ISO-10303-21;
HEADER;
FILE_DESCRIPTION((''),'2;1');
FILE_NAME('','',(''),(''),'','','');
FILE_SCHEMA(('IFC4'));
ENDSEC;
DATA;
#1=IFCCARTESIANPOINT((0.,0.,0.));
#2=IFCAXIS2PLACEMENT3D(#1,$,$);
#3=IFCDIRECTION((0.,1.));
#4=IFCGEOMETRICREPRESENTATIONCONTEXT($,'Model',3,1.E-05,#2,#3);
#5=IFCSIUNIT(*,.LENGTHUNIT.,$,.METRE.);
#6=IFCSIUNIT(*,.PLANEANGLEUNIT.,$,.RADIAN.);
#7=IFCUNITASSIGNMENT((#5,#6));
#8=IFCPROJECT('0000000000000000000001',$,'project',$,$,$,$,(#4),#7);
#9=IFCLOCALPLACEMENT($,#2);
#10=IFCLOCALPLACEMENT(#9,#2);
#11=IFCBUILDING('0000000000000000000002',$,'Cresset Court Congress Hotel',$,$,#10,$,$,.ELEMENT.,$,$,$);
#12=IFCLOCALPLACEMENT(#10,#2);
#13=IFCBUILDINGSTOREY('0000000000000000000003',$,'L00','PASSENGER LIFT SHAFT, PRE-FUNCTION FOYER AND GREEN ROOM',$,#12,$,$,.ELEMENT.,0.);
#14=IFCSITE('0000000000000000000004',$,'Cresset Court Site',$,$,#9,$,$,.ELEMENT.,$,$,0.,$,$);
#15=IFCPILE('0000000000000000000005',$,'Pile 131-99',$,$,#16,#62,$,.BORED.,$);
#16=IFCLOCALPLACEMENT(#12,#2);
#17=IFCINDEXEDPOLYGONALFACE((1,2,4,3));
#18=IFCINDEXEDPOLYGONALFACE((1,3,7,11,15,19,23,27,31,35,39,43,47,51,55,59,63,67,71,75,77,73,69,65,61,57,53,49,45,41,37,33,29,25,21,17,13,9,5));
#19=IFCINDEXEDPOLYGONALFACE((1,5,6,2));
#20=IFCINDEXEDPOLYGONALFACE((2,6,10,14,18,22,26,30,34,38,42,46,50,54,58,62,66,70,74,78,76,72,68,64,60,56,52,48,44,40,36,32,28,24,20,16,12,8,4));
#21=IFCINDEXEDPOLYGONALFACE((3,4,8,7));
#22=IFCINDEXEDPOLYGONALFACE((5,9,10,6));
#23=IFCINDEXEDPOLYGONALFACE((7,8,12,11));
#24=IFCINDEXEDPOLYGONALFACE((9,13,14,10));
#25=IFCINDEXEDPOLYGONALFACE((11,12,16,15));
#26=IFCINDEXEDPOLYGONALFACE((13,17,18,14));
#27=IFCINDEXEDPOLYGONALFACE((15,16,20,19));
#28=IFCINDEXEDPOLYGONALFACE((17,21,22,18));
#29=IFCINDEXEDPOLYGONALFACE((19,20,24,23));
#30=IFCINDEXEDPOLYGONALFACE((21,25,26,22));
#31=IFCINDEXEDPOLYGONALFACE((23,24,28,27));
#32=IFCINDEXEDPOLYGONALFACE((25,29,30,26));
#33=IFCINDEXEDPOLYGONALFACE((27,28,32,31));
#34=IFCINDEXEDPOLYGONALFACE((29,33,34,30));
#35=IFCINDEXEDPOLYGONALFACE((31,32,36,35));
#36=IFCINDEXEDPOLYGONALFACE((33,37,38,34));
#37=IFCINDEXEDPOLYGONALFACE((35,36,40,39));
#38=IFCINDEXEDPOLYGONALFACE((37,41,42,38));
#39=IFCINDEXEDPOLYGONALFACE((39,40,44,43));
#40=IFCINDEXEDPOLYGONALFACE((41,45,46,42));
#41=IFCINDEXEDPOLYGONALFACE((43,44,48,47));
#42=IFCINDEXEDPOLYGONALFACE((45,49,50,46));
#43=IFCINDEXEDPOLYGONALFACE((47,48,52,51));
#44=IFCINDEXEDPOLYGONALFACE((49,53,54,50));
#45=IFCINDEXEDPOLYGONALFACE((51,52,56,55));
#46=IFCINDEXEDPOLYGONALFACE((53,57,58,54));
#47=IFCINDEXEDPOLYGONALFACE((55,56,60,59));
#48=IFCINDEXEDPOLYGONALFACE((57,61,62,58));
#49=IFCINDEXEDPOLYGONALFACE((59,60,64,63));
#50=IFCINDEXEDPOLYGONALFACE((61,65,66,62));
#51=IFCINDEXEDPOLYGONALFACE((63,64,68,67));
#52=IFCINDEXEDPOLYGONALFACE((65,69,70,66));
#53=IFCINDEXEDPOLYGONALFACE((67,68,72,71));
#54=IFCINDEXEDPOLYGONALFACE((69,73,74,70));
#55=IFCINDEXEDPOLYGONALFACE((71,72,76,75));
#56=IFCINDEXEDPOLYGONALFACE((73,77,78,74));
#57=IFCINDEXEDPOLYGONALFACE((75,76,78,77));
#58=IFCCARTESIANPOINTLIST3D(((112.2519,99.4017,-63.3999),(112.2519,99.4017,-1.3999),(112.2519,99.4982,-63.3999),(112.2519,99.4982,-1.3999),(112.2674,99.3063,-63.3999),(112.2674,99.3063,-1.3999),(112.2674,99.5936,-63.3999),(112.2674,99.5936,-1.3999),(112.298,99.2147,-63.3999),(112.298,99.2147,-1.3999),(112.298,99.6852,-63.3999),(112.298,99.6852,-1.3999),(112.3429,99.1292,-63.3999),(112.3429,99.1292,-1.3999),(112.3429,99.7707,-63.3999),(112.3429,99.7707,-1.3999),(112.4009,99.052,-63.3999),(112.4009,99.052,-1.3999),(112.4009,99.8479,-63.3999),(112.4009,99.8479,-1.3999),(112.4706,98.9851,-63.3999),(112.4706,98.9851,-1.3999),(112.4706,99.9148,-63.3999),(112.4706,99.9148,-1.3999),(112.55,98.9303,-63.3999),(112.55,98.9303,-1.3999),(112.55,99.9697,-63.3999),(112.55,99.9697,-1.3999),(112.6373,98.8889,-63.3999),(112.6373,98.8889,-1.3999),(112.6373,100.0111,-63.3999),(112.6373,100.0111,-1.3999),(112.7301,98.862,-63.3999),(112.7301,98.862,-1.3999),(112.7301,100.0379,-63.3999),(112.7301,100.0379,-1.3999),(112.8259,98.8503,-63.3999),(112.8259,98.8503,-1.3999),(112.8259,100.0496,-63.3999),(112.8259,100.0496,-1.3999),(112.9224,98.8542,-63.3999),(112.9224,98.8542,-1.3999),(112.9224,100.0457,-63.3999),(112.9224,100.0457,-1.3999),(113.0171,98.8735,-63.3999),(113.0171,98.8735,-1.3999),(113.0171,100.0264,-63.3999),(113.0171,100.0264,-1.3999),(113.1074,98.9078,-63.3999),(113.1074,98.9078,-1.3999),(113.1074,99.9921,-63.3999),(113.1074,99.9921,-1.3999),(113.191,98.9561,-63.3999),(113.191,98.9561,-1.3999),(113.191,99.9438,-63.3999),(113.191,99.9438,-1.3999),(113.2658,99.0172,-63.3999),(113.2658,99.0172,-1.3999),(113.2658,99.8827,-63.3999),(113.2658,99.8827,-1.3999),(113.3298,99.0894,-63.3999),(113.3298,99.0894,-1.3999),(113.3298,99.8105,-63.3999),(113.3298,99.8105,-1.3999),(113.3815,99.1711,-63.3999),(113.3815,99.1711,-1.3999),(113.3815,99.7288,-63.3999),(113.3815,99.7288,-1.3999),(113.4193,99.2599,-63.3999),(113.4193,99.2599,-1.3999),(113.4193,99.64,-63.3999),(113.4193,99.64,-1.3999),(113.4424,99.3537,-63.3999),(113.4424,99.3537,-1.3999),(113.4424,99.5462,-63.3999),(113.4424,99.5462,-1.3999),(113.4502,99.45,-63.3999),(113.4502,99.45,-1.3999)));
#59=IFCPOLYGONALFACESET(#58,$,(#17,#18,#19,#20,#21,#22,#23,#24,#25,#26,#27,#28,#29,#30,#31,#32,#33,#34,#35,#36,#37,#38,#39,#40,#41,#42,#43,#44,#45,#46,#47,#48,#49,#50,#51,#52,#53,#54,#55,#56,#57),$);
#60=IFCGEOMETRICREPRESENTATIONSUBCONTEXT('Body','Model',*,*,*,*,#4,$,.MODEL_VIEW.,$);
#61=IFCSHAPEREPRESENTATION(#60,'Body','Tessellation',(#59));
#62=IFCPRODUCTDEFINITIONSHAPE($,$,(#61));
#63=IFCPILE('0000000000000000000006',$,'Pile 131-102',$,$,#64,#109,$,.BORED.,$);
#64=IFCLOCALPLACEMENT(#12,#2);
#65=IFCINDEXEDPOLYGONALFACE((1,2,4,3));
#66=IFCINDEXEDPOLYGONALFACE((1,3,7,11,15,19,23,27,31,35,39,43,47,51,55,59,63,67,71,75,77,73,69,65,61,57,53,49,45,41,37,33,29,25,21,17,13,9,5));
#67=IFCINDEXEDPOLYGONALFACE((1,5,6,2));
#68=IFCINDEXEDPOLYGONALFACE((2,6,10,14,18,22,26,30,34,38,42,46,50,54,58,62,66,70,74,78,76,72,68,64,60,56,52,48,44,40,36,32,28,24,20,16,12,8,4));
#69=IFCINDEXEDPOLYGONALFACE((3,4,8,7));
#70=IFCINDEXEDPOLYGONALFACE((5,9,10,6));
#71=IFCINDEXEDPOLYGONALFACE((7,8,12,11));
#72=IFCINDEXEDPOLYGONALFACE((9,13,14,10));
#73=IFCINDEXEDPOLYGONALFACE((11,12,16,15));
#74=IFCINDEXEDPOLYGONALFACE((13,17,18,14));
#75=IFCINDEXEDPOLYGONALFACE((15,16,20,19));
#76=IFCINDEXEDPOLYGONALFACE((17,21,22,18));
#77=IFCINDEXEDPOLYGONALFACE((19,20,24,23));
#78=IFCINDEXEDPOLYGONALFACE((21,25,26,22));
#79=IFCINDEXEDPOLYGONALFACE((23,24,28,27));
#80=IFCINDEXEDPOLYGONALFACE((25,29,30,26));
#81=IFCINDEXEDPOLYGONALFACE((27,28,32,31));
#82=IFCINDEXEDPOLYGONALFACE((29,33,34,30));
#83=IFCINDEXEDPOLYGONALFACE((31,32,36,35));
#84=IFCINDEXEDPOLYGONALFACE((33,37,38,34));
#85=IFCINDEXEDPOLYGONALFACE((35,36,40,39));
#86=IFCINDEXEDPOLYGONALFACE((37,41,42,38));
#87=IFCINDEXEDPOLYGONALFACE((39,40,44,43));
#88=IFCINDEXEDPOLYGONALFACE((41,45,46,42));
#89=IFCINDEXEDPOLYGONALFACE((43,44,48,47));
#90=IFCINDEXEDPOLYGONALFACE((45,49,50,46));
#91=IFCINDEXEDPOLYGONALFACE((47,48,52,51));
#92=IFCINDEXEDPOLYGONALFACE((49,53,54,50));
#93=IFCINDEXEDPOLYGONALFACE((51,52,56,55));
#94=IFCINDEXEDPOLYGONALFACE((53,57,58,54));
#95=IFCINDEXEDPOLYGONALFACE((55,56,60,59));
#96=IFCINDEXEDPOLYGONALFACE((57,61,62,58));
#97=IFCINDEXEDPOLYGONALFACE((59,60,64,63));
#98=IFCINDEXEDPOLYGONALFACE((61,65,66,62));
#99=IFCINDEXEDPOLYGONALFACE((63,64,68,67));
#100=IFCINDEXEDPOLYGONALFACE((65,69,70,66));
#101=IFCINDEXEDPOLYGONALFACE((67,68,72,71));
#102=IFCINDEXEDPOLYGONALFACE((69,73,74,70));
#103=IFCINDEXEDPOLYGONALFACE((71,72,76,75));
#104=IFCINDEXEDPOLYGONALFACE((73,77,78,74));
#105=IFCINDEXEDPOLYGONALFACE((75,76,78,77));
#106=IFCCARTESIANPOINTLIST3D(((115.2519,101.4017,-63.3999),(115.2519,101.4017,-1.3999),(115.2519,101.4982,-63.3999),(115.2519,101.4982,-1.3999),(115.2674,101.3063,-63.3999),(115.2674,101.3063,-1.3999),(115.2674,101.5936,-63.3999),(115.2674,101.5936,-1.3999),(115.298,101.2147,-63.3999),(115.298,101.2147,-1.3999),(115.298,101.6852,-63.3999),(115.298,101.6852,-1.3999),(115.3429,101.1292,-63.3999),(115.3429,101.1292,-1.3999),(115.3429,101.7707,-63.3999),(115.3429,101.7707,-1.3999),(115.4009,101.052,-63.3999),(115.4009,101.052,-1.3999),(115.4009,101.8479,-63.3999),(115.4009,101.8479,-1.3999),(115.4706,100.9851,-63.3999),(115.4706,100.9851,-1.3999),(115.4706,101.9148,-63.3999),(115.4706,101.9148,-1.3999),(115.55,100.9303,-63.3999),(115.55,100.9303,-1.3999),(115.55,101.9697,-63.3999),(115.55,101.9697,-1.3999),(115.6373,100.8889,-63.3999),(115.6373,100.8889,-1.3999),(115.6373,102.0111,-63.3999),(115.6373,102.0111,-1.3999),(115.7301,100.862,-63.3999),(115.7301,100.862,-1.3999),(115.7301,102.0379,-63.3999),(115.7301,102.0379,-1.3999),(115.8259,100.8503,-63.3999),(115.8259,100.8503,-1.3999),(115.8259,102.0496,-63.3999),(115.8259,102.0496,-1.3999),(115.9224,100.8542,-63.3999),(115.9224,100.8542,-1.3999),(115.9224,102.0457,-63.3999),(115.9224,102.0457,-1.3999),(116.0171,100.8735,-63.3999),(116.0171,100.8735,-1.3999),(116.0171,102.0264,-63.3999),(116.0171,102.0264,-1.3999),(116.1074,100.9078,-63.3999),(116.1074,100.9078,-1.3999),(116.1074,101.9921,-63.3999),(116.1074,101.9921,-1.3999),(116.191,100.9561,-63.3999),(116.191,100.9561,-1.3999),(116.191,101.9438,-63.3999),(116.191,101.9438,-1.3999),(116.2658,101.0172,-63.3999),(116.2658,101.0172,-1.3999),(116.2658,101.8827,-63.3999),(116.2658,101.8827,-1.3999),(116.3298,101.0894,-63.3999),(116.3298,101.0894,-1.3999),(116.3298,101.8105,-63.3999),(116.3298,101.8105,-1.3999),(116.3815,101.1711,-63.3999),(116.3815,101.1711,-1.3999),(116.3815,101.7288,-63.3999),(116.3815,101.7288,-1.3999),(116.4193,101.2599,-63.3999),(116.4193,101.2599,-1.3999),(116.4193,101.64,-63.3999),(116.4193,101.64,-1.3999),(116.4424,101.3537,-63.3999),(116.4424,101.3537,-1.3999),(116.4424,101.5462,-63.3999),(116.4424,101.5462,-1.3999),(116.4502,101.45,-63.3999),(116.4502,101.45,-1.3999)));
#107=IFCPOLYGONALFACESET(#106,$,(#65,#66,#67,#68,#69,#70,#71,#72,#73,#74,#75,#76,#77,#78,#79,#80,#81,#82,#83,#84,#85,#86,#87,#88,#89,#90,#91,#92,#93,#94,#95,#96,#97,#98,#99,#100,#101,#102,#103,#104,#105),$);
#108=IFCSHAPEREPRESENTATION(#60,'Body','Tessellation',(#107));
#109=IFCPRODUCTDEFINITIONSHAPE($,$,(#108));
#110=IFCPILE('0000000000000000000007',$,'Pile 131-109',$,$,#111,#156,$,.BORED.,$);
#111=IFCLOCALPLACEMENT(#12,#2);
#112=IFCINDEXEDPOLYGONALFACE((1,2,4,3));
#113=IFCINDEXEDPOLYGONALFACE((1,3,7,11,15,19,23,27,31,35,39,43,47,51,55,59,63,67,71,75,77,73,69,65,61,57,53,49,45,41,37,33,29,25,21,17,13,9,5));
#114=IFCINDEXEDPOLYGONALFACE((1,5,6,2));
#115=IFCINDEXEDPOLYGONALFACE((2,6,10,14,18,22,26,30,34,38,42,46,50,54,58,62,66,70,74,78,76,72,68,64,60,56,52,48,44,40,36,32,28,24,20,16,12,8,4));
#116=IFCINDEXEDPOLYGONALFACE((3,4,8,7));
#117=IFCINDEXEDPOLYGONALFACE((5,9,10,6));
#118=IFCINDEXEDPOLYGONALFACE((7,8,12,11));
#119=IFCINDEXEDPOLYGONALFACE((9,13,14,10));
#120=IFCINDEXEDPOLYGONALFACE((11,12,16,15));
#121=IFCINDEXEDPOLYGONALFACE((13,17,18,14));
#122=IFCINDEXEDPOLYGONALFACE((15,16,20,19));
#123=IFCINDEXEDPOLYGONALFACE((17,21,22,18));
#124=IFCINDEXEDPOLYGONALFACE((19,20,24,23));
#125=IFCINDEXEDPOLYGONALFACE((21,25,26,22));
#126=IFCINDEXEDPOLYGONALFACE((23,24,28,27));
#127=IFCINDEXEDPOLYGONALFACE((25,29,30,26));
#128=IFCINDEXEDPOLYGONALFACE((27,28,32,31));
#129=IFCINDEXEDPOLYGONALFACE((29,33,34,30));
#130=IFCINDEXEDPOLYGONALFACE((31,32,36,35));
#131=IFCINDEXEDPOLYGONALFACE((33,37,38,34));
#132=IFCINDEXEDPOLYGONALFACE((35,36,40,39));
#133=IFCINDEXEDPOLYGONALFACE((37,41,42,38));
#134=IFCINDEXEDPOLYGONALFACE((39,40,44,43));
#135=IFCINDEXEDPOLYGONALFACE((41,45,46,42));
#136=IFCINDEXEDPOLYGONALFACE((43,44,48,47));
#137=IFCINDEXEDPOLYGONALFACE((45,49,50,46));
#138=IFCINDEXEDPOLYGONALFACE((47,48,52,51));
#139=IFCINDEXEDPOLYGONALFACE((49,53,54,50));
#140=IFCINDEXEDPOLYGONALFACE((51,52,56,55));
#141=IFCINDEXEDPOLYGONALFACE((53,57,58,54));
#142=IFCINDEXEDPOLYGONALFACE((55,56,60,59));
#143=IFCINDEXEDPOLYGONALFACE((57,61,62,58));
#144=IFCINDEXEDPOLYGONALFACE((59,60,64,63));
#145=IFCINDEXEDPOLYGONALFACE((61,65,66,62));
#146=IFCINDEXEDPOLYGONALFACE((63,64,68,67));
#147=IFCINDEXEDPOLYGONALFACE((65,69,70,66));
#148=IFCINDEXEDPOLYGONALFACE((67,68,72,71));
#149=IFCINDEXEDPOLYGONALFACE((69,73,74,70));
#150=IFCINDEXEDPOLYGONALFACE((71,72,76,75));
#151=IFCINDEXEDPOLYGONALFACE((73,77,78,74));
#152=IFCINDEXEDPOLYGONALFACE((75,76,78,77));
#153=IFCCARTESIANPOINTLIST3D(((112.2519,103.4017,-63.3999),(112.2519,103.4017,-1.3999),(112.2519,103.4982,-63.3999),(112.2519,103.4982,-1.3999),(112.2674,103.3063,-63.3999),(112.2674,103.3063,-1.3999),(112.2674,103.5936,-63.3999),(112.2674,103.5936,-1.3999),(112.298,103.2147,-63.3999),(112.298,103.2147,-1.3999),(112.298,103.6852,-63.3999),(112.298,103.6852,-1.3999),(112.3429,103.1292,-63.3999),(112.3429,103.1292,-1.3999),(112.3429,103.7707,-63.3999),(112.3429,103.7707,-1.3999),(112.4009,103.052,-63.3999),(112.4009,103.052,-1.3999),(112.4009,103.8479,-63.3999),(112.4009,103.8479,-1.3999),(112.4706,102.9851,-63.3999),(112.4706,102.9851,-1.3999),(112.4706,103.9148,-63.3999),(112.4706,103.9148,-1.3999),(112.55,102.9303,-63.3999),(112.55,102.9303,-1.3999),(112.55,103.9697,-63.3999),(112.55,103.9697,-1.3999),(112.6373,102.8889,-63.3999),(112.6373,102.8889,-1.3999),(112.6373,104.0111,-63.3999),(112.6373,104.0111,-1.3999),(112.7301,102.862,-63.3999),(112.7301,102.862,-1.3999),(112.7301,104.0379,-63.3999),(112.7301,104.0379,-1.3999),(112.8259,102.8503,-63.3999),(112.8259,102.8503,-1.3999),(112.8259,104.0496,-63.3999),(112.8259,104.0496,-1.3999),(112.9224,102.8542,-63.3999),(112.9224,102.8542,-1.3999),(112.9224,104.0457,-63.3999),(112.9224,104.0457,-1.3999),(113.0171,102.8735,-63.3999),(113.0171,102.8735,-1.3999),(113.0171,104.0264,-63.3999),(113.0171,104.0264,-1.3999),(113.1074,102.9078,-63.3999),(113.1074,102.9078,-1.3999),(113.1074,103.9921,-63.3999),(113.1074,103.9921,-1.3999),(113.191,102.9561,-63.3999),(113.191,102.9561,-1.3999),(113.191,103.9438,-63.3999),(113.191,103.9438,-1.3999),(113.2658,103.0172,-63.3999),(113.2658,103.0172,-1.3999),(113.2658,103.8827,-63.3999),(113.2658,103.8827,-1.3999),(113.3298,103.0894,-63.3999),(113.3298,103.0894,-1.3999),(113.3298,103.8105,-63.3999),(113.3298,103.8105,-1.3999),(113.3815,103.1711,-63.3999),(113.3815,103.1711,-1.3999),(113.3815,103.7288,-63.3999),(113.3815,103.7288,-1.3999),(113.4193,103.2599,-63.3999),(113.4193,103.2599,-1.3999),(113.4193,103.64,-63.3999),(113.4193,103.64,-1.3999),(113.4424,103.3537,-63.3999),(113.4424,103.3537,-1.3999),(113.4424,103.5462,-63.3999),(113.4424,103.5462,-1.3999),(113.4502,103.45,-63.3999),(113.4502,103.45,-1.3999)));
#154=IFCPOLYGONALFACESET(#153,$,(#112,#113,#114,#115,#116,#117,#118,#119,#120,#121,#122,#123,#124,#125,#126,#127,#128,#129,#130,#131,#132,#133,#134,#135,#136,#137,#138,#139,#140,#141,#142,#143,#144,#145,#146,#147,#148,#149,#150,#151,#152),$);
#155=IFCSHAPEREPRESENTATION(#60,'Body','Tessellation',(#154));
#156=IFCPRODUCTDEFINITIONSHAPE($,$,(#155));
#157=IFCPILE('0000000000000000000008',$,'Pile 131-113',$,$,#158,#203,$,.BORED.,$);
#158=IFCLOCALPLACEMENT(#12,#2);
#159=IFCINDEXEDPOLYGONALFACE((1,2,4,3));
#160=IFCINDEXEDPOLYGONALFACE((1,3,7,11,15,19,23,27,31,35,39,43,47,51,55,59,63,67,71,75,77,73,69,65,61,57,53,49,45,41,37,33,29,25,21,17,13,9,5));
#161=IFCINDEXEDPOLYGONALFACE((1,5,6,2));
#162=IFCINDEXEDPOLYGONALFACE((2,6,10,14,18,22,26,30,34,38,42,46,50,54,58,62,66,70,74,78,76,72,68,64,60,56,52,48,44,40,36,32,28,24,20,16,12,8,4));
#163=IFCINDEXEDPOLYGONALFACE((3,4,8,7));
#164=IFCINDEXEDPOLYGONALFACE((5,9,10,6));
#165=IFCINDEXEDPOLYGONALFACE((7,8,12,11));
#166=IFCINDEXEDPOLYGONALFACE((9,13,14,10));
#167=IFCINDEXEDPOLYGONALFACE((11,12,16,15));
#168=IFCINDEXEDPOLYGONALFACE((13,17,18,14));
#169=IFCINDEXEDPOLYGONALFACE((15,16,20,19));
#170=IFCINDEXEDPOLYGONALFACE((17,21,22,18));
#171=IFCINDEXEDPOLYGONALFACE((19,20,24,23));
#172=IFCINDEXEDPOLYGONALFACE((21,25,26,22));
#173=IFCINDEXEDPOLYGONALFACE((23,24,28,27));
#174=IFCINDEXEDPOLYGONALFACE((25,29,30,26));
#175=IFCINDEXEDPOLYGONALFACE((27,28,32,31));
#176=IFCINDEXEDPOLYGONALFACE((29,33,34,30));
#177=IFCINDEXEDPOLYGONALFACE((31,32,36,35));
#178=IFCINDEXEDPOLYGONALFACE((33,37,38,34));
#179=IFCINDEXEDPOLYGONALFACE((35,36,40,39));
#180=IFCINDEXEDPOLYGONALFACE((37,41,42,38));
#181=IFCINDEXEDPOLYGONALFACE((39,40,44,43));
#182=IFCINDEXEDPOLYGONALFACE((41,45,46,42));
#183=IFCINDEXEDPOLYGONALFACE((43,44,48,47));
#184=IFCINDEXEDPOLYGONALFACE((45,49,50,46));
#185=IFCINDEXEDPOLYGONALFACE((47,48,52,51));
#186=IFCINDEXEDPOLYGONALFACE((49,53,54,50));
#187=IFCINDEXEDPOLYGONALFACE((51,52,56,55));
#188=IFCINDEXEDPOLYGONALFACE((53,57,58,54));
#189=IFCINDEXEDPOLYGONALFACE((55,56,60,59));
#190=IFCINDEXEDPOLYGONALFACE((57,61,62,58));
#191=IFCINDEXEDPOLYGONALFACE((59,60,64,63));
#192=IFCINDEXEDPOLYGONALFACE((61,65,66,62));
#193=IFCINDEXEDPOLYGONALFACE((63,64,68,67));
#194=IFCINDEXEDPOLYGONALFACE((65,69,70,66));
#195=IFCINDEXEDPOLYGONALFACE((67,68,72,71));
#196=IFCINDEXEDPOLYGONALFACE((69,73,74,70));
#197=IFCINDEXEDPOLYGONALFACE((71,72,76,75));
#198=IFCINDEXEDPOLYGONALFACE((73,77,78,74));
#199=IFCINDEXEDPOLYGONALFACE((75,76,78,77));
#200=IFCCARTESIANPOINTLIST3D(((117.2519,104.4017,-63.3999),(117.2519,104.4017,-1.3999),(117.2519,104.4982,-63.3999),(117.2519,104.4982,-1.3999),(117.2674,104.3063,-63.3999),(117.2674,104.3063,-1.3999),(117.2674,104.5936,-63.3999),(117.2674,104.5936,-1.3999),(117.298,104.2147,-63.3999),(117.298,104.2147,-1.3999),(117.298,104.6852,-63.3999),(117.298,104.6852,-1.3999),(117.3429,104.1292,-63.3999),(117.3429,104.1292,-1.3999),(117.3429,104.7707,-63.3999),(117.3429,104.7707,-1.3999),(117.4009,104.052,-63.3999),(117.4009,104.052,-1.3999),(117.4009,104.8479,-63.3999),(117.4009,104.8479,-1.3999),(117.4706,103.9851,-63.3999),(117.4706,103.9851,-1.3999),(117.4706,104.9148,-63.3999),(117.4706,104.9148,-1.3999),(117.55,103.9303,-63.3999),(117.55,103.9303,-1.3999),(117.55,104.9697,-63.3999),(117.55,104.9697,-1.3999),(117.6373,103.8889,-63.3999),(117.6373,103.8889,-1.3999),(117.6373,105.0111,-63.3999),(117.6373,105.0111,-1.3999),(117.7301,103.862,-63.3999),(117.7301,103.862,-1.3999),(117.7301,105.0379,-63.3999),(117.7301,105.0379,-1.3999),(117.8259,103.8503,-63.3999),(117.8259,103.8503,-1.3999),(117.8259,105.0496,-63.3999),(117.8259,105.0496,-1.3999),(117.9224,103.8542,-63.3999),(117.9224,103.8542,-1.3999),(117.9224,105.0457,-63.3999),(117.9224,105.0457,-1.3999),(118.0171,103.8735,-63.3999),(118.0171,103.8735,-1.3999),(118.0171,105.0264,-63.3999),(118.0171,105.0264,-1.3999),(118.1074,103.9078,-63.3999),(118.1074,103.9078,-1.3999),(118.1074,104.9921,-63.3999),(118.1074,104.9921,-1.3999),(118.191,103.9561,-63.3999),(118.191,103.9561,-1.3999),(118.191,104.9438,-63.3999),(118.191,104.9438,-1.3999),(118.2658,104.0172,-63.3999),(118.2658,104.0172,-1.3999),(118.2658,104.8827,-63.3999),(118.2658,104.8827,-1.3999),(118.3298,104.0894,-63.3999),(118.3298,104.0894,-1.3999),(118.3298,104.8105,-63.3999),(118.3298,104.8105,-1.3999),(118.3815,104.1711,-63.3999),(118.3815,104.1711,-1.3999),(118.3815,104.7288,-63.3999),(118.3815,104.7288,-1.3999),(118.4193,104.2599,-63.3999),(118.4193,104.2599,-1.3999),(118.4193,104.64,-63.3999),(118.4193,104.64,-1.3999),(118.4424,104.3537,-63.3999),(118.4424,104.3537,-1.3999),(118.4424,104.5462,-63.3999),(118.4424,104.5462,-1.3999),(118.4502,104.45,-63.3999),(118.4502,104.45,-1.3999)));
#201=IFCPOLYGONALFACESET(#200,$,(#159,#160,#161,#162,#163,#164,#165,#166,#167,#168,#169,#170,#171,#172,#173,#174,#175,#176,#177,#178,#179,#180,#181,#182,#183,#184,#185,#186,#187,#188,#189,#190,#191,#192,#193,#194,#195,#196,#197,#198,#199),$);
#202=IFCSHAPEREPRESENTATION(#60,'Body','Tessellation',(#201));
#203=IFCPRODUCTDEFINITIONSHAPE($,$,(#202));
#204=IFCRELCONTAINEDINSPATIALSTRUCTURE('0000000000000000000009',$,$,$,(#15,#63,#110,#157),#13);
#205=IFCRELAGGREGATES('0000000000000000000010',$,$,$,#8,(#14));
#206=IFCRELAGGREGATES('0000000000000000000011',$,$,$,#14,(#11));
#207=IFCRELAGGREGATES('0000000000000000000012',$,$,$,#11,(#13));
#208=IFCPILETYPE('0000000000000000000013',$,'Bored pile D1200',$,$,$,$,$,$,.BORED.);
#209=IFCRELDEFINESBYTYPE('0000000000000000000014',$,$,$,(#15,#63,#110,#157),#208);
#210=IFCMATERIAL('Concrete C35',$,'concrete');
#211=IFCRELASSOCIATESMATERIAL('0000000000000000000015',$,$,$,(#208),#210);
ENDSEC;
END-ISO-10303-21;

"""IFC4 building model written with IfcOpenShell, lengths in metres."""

from ifc_helpers import new_model, si_unit, direction, frame, origin, origin_2d, place, context, subcontext, project, spatial, circle, extrude, material, type_object, element, save


model = new_model("IFC4")

# Units and contexts
model_context = context("Model", 3, precision=1e-05, world=origin(), true_north=direction((0.0, 1.0)))
body_context = subcontext(model_context, "Body", "Model", "MODEL_VIEW")
ifc_project = project(units=[si_unit("LENGTHUNIT", "METRE"), si_unit("PLANEANGLEUNIT", "RADIAN")], contexts=[model_context])

# Site, building, storey
site_placement = place(None, origin())
site = spatial("IfcSite", under=ifc_project, at=site_placement, Name="Cresset Court Site", CompositionType="ELEMENT", RefElevation=0.0)
building_placement = place(site_placement, origin())
building = spatial("IfcBuilding", under=site, at=building_placement, Name="Cresset Court Congress Hotel", CompositionType="ELEMENT")
storey_placement = place(building_placement, origin())
storey = spatial("IfcBuildingStorey", under=building, at=storey_placement, Name="L00", Description="PASSENGER LIFT SHAFT, PRE-FUNCTION FOYER AND GREEN ROOM", CompositionType="ELEMENT", Elevation=0.0)

# Piles
ifc_material_1 = material(Name="Concrete C35", Category="concrete")
pile_type = type_object("IfcPileType", Name="Bored pile D1200", PredefinedType="BORED", material=ifc_material_1)
for number, where, z_axis, x_axis, name in (
    (1, (112.8501, 99.45, -1.3999), (0.0, 0.0, -1.0), (1.0, 0.0, 0.0), "Pile 131-99"),
    (2, (115.8501, 101.45, -1.3999), (0.0, 0.0, -1.0), (1.0, 0.0, 0.0), "Pile 131-102"),
    (3, (112.8501, 103.45, -1.3999), (0.0, 0.0, -1.0), (1.0, 0.0, 0.0), "Pile 131-109"),
    (4, (117.8501, 104.45, -1.3999), (0.0, 0.0, -1.0), (1.0, 0.0, 0.0), "Pile 131-113"),
):
    element("IfcPile", number, at=place(storey_placement, frame(where, z_axis=z_axis, x_axis=x_axis)), inside=storey, type_object=pile_type, Name=name, PredefinedType="BORED", context=body_context, shape_type="SweptSolid", body=[
        extrude(circle(Radius=0.6001, at=origin_2d()), origin(), (0.0, 0.0, 1.0), 62.0),
    ])

save(model, "model.ifc")
